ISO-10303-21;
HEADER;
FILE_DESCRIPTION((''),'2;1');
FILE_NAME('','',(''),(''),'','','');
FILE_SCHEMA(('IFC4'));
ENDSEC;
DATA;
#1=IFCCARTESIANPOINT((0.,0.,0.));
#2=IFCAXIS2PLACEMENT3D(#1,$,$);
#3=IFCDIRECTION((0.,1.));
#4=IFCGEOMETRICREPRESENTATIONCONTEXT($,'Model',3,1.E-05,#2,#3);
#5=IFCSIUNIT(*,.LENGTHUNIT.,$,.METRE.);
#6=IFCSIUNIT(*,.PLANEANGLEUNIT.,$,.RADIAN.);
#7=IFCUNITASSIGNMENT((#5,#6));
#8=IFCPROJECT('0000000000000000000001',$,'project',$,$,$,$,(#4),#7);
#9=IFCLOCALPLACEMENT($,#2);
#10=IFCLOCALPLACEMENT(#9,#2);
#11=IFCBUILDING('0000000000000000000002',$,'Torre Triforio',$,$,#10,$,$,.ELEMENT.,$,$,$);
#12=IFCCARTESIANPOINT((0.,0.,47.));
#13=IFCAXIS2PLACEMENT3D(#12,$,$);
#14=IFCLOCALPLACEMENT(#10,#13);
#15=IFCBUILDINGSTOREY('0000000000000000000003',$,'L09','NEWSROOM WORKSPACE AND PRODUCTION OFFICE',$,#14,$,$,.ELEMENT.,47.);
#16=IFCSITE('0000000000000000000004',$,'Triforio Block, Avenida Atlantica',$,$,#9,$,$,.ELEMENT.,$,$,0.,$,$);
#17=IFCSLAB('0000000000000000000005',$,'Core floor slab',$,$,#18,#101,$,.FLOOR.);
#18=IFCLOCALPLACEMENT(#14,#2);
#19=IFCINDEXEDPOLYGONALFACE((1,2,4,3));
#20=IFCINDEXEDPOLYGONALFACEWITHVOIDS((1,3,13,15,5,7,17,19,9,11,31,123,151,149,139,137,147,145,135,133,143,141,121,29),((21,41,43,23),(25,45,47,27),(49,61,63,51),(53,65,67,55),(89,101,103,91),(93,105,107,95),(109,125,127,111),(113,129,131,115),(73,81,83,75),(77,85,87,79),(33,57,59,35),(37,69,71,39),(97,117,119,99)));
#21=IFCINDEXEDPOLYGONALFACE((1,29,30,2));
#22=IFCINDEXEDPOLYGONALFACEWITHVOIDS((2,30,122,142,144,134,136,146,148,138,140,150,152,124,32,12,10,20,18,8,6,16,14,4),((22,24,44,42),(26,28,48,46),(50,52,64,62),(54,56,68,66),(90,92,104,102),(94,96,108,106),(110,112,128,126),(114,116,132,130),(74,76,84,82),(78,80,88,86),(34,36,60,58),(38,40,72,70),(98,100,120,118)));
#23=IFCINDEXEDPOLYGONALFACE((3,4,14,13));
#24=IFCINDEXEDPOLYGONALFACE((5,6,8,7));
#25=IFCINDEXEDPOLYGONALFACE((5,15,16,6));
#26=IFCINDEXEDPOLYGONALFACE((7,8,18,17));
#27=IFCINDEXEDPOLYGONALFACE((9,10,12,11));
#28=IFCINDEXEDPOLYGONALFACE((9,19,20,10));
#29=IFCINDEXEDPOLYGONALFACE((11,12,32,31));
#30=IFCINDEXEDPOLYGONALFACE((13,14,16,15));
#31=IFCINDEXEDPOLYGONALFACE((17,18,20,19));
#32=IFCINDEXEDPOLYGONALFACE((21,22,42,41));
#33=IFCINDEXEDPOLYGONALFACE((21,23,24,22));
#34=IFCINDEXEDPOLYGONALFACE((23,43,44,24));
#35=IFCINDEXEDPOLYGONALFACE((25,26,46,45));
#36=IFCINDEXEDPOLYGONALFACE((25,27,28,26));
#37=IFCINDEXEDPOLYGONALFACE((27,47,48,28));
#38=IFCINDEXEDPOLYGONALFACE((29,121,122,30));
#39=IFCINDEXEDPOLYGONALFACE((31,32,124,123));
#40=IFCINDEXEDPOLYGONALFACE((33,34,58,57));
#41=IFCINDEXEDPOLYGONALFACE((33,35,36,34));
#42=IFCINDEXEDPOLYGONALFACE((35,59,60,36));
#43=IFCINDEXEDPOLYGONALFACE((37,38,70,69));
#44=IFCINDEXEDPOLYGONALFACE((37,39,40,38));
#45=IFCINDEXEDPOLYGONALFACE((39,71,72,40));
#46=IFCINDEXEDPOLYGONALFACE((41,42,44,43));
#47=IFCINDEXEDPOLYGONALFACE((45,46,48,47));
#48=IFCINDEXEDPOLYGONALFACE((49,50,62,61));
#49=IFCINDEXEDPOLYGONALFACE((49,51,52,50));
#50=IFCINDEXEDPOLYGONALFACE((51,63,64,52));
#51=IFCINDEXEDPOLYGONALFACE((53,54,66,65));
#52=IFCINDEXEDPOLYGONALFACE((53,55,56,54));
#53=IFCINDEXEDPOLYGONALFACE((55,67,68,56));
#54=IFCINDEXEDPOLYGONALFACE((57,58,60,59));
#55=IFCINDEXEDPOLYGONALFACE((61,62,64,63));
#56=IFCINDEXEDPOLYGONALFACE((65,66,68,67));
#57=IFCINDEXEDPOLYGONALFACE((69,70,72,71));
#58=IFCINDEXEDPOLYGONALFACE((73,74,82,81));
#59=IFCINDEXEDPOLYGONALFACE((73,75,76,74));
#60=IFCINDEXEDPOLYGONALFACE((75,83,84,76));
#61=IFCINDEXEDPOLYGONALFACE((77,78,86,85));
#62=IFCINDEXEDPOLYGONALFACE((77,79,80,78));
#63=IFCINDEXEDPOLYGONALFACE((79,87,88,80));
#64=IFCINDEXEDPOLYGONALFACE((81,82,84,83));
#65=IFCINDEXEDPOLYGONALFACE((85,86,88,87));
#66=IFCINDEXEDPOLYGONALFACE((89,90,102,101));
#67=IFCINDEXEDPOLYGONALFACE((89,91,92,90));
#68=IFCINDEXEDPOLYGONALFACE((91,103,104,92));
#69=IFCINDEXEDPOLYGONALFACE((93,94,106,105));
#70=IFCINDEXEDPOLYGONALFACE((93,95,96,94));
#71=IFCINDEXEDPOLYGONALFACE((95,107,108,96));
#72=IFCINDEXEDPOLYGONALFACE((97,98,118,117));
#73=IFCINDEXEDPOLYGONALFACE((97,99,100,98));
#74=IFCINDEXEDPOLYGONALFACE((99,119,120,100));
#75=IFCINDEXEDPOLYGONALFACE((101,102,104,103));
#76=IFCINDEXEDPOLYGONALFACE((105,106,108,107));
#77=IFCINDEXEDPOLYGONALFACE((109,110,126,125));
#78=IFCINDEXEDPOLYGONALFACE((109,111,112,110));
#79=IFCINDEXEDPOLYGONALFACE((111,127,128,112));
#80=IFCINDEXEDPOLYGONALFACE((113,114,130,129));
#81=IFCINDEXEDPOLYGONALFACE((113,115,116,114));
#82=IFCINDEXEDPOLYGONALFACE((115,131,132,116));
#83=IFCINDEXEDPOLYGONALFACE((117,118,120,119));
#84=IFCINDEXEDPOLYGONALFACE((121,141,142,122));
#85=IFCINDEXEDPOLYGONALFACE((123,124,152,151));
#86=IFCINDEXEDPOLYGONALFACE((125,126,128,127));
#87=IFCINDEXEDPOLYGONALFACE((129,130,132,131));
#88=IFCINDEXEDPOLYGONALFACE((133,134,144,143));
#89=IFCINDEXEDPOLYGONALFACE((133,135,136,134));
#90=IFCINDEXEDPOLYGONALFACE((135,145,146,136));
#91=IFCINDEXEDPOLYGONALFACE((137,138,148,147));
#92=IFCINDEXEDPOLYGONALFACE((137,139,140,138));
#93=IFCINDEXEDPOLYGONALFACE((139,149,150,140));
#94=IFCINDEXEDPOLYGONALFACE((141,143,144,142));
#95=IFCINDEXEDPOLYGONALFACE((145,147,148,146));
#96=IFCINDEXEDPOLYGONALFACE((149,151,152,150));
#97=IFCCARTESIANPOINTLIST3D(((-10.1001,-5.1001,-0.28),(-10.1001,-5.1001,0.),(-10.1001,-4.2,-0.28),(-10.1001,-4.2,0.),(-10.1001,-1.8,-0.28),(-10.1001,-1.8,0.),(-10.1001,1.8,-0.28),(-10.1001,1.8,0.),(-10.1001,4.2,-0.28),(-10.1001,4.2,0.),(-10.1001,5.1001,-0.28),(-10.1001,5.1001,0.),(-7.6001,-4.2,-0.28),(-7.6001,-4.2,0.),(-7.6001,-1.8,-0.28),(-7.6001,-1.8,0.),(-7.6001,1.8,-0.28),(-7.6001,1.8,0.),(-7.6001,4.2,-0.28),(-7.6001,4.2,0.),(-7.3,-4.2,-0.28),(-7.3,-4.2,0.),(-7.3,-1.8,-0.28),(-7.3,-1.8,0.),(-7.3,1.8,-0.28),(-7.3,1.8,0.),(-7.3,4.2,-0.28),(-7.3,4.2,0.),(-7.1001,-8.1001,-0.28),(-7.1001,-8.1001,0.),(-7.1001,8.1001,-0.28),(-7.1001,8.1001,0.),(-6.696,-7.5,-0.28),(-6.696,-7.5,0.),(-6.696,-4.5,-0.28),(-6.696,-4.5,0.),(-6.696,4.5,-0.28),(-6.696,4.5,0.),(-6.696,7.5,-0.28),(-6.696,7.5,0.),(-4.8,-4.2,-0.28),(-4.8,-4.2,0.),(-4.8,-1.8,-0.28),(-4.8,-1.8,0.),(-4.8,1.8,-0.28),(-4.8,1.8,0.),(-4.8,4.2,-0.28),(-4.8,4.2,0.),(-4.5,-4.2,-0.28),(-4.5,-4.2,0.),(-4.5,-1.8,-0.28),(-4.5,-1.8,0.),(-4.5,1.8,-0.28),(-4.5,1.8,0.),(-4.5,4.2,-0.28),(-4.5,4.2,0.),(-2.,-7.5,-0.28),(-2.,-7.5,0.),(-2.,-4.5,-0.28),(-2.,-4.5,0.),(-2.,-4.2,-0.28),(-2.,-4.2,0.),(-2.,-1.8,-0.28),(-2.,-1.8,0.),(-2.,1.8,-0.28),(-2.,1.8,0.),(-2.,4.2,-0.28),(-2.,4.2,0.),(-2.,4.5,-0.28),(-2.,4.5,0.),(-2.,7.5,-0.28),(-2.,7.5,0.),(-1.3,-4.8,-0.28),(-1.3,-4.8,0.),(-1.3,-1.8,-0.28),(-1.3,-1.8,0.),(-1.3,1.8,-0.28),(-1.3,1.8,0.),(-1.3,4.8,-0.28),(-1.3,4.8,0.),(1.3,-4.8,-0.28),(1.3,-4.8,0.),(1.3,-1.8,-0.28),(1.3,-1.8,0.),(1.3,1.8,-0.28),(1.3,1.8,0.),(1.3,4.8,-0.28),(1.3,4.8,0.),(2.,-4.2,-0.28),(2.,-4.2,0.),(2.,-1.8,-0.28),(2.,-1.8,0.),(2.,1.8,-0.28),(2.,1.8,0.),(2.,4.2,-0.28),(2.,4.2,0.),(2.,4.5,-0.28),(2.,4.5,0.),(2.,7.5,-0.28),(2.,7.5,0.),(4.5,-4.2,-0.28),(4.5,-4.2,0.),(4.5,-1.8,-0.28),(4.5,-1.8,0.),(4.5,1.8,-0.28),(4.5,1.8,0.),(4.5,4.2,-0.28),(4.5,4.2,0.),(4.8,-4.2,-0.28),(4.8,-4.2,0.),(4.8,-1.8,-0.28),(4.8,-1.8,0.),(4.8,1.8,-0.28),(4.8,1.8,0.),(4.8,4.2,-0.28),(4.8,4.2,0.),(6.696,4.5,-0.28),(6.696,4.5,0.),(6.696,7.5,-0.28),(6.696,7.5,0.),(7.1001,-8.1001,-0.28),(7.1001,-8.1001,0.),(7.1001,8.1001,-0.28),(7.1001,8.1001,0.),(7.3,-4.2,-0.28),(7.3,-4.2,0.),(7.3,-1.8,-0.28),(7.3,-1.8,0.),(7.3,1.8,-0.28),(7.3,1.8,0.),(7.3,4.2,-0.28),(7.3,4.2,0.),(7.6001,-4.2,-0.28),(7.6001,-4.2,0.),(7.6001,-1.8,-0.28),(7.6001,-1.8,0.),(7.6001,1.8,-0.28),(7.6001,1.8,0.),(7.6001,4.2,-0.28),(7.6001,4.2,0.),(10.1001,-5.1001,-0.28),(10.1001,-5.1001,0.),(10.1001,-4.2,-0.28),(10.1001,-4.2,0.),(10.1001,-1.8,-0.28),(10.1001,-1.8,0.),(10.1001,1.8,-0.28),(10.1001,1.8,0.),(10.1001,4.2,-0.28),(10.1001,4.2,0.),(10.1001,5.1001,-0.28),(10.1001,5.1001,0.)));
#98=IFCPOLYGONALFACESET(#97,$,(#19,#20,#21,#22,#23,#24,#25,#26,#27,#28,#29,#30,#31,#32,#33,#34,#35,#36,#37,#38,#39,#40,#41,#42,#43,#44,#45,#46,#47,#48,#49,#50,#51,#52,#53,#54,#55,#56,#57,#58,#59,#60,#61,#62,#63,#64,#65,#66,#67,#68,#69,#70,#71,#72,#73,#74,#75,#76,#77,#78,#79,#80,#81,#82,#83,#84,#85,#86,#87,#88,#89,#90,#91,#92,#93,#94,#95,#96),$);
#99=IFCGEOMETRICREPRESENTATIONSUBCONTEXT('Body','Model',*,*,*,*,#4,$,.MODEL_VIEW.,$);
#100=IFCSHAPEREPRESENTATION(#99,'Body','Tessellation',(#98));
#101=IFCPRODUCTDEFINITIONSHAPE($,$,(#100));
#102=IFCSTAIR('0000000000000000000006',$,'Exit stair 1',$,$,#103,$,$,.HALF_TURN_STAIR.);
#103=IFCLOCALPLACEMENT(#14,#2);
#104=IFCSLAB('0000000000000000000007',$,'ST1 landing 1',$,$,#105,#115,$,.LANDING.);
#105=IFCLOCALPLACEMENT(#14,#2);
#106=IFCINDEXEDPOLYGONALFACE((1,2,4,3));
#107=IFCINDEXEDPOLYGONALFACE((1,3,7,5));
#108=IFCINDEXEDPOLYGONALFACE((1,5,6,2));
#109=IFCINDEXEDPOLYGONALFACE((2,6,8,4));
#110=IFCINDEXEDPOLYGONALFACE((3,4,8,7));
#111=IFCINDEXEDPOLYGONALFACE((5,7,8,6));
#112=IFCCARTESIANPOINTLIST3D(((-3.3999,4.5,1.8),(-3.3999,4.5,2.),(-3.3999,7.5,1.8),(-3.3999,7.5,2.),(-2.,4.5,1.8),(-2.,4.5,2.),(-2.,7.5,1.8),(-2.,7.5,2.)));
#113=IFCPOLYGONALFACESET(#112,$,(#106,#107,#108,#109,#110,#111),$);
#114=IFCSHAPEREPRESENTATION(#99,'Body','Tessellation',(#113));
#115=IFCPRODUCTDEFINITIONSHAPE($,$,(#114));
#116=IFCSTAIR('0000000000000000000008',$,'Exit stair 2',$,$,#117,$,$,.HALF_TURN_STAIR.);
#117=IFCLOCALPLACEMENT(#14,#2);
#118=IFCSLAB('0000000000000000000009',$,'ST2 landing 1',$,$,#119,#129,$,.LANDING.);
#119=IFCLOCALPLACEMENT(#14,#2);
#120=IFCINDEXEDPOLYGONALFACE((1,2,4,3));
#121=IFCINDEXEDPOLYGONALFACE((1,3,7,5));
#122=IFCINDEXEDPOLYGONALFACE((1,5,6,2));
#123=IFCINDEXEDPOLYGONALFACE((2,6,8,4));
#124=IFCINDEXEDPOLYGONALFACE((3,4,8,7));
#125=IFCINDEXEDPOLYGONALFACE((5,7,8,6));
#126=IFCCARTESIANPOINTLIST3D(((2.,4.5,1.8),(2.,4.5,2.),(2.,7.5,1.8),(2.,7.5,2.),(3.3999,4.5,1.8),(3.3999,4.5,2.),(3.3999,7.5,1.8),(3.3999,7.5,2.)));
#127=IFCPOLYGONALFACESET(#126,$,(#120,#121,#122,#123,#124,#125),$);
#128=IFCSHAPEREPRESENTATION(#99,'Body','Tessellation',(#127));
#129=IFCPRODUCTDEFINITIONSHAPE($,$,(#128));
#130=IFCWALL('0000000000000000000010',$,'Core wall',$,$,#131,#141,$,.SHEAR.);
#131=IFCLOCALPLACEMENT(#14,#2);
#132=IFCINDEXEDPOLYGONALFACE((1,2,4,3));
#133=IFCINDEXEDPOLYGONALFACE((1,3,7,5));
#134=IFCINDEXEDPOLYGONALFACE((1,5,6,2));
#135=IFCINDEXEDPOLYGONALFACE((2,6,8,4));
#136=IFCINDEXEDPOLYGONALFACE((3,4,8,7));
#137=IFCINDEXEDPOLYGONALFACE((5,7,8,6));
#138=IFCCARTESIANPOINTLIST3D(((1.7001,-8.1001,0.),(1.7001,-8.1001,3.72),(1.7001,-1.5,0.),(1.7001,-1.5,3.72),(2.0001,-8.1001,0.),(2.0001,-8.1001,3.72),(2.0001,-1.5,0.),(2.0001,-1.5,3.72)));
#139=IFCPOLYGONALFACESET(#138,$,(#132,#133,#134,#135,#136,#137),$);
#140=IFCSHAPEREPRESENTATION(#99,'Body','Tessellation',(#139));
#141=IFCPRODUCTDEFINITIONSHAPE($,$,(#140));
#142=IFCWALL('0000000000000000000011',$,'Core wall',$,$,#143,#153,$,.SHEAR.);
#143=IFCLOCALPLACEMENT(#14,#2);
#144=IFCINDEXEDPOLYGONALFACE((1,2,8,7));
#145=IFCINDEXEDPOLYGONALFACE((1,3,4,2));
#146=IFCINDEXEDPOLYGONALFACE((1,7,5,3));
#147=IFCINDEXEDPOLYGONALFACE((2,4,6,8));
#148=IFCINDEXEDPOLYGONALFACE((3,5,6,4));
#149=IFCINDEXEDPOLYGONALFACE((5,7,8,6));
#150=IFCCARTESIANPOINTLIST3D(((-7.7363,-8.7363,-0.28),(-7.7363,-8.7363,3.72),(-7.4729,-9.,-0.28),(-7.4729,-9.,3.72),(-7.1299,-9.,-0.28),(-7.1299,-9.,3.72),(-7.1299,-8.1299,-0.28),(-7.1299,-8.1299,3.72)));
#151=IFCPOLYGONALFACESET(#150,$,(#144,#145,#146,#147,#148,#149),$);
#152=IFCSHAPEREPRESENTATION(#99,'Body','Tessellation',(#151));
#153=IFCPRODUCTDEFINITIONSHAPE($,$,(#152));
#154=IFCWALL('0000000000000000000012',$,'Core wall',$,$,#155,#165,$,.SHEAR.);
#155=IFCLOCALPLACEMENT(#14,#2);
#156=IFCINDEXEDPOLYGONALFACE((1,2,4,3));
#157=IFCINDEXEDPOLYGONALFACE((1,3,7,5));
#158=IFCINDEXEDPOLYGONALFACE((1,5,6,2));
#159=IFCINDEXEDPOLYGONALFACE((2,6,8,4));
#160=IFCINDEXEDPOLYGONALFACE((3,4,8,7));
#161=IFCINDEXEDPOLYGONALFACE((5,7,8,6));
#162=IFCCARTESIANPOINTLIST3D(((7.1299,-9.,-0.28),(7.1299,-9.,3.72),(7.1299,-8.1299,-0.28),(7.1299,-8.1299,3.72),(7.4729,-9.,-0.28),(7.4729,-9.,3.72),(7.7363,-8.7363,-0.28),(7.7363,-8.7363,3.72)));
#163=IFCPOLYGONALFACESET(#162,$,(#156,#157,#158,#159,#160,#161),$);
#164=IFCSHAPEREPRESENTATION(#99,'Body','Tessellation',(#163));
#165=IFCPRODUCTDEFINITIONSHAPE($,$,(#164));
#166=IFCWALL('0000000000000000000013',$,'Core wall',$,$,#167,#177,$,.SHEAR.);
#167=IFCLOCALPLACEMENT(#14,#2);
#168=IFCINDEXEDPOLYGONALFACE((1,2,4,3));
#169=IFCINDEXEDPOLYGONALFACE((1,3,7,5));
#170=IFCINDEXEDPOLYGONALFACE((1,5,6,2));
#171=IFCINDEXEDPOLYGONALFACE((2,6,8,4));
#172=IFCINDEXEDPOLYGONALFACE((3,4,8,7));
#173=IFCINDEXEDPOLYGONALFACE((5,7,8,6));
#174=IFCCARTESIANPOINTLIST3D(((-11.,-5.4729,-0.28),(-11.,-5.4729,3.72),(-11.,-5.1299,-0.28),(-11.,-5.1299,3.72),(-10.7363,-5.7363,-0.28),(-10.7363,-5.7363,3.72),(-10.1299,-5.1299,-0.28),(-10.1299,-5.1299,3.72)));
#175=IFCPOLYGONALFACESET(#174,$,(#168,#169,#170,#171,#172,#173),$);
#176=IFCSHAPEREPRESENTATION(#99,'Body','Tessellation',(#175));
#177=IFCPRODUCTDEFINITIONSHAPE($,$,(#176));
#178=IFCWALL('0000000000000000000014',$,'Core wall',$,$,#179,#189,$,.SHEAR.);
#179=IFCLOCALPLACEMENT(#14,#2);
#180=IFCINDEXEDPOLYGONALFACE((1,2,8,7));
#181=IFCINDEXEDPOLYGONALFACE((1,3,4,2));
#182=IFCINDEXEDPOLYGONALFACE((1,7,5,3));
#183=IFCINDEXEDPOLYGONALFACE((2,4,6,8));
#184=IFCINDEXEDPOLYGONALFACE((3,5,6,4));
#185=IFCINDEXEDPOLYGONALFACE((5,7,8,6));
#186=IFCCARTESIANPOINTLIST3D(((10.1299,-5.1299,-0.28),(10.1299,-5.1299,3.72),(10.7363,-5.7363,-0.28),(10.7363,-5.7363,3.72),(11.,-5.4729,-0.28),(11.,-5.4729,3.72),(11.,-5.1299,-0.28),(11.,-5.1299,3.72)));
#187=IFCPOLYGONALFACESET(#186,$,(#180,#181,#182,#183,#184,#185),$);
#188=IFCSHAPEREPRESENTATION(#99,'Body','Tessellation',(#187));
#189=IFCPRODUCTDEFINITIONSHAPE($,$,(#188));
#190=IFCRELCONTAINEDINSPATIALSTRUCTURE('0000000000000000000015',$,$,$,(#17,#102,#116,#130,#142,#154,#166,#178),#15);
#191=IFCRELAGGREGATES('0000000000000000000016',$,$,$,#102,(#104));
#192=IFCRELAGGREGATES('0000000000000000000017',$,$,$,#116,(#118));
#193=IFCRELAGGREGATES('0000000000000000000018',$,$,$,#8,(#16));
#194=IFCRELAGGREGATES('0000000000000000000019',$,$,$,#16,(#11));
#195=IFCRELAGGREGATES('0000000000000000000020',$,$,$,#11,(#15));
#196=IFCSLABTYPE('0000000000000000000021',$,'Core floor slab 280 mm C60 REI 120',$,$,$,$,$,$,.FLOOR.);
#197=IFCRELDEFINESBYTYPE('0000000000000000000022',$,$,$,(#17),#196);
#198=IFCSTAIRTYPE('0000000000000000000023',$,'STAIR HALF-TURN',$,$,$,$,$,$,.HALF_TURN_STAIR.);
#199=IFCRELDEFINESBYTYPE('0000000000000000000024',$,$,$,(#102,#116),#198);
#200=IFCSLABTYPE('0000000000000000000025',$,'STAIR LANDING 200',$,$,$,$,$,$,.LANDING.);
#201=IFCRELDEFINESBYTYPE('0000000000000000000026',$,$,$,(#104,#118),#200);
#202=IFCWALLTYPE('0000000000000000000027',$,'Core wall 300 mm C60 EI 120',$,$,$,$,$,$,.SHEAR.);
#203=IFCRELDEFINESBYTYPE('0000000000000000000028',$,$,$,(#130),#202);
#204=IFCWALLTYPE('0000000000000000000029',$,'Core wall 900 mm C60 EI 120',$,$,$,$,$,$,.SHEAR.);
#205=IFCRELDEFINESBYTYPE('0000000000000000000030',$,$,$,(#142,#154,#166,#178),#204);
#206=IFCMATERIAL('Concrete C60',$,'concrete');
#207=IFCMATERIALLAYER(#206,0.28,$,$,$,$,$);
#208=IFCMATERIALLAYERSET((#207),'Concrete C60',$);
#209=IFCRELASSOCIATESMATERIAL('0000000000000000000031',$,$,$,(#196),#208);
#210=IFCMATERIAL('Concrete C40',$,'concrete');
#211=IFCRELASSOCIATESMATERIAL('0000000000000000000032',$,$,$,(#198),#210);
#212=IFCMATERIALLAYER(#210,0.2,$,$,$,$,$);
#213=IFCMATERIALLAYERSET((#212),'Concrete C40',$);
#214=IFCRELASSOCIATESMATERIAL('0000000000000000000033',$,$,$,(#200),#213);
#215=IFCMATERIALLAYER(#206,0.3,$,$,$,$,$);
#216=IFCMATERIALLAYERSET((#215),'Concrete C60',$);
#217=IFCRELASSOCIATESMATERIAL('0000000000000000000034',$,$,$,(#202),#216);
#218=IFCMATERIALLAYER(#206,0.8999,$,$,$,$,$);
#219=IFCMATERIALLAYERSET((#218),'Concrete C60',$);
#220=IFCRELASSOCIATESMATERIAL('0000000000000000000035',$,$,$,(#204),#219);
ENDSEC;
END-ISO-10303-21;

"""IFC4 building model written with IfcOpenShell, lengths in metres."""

from ifc_helpers import new_model, si_unit, direction, frame, frame_2d, origin, place, context, subcontext, project, spatial, polyline, rectangle, outline, extrude, material, layer, layer_set, type_object, element, aggregate, save


model = new_model("IFC4")

# Units and contexts
model_context = context("Model", 3, precision=1e-05, world=origin(), true_north=direction((0.0, 1.0)))
body_context = subcontext(model_context, "Body", "Model", "MODEL_VIEW")
ifc_project = project(units=[si_unit("LENGTHUNIT", "METRE"), si_unit("PLANEANGLEUNIT", "RADIAN")], contexts=[model_context])

# Site, building, storey
site_placement = place(None, origin())
site = spatial("IfcSite", under=ifc_project, at=site_placement, Name="Triforio Block, Avenida Atlantica", CompositionType="ELEMENT", RefElevation=0.0)
building_placement = place(site_placement, origin())
building = spatial("IfcBuilding", under=site, at=building_placement, Name="Torre Triforio", CompositionType="ELEMENT")
storey_placement = place(building_placement, frame((0.0, 0.0, 47.0)))
storey = spatial("IfcBuildingStorey", under=building, at=storey_placement, Name="L09", Description="NEWSROOM WORKSPACE AND PRODUCTION OFFICE", CompositionType="ELEMENT", Elevation=47.0)

# Slab
ifc_material_1 = material(Name="Concrete C60", Category="concrete")
ifc_layer_1 = layer(ifc_material_1, 0.28)
ifc_layer_set_1 = layer_set([ifc_layer_1], Name="Concrete C60")
slab_type_1 = type_object("IfcSlabType", Name="Core floor slab 280 mm C60 REI 120", PredefinedType="FLOOR", material=ifc_layer_set_1)
slab_1_placement = place(storey_placement, frame((0.0, 0.0, -0.28)))
element("IfcSlab", 1, at=slab_1_placement, inside=storey, type_object=slab_type_1, Name="Core floor slab", PredefinedType="FLOOR", context=body_context, shape_type="SweptSolid", body=[
    extrude(outline(polyline([(10.1001, -5.1001), (7.1001, -8.1001), (-7.1001, -8.1001), (-10.1001, -5.1001), (-10.1001, -4.2), (-7.6001, -4.2), (-7.6001, -1.8), (-10.1001, -1.8), (-10.1001, 1.8), (-7.6001, 1.8), (-7.6001, 4.2), (-10.1001, 4.2), (-10.1001, 5.1001), (-7.1001, 8.1001), (7.1001, 8.1001), (10.1001, 5.1001), (10.1001, 4.2), (7.6001, 4.2), (7.6001, 1.8), (10.1001, 1.8), (10.1001, -1.8), (7.6001, -1.8), (7.6001, -4.2), (10.1001, -4.2), (10.1001, -5.1001)]), holes=[polyline([(-2.0, -4.5), (-6.696, -4.5), (-6.696, -7.5), (-2.0, -7.5), (-2.0, -4.5)]), polyline([(-4.8, -1.8), (-7.3, -1.8), (-7.3, -4.2), (-4.8, -4.2), (-4.8, -1.8)]), polyline([(-2.0, -1.8), (-4.5, -1.8), (-4.5, -4.2), (-2.0, -4.2), (-2.0, -1.8)]), polyline([(-4.8, 4.2), (-7.3, 4.2), (-7.3, 1.8), (-4.8, 1.8), (-4.8, 4.2)]), polyline([(-2.0, 4.2), (-4.5, 4.2), (-4.5, 1.8), (-2.0, 1.8), (-2.0, 4.2)]), polyline([(1.3, 4.8), (-1.3, 4.8), (-1.3, 1.8), (1.3, 1.8), (1.3, 4.8)]), polyline([(-2.0, 7.5), (-6.696, 7.5), (-6.696, 4.5), (-2.0, 4.5), (-2.0, 7.5)]), polyline([(1.3, -1.8), (-1.3, -1.8), (-1.3, -4.8), (1.3, -4.8), (1.3, -1.8)]), polyline([(4.5, -1.8), (2.0, -1.8), (2.0, -4.2), (4.5, -4.2), (4.5, -1.8)]), polyline([(7.3, -1.8), (4.8, -1.8), (4.8, -4.2), (7.3, -4.2), (7.3, -1.8)]), polyline([(4.5, 4.2), (2.0, 4.2), (2.0, 1.8), (4.5, 1.8), (4.5, 4.2)]), polyline([(7.3, 4.2), (4.8, 4.2), (4.8, 1.8), (7.3, 1.8), (7.3, 4.2)]), polyline([(6.696, 4.5), (6.696, 7.5), (2.0, 7.5), (2.0, 4.5), (6.696, 4.5)])]), origin(), (0.0, 0.0, 1.0), 0.28),
])

# Stairs, slabs
ifc_material_2 = material(Name="Concrete C40", Category="concrete")
stair_type = type_object("IfcStairType", Name="STAIR HALF-TURN", PredefinedType="HALF_TURN_STAIR", material=ifc_material_2)
stair_1_placement = place(storey_placement, origin())
stair_1 = element("IfcStair", 2, at=stair_1_placement, inside=storey, type_object=stair_type, Name="Exit stair 1", PredefinedType="HALF_TURN_STAIR")
ifc_layer_2 = layer(ifc_material_2, 0.2)
ifc_layer_set_2 = layer_set([ifc_layer_2], Name="Concrete C40")
slab_type_2 = type_object("IfcSlabType", Name="STAIR LANDING 200", PredefinedType="LANDING", material=ifc_layer_set_2)
slab_2_placement = place(storey_placement, frame((0.0, 0.0, 1.8)))
slab_2 = element("IfcSlab", 3, at=slab_2_placement, type_object=slab_type_2, Name="ST1 landing 1", PredefinedType="LANDING", context=body_context, shape_type="SweptSolid", body=[
    extrude(outline(polyline([(-2.0, 4.5), (-2.0, 7.5), (-3.3999, 7.5), (-3.3999, 4.5), (-2.0, 4.5)])), origin(), (0.0, 0.0, 1.0), 0.2),
])
aggregate(stair_1, [slab_2])
stair_2_placement = place(storey_placement, origin())
stair_2 = element("IfcStair", 4, at=stair_2_placement, inside=storey, type_object=stair_type, Name="Exit stair 2", PredefinedType="HALF_TURN_STAIR")
slab_3_placement = place(storey_placement, frame((0.0, 0.0, 1.8)))
slab_3 = element("IfcSlab", 5, at=slab_3_placement, type_object=slab_type_2, Name="ST2 landing 1", PredefinedType="LANDING", context=body_context, shape_type="SweptSolid", body=[
    extrude(outline(polyline([(3.3999, 4.5), (3.3999, 7.5), (2.0, 7.5), (2.0, 4.5), (3.3999, 4.5)])), origin(), (0.0, 0.0, 1.0), 0.2),
])
aggregate(stair_2, [slab_3])

# Walls
ifc_layer_3 = layer(ifc_material_1, 0.3)
ifc_layer_set_3 = layer_set([ifc_layer_3], Name="Concrete C60")
wall_type_1 = type_object("IfcWallType", Name="Core wall 300 mm C60 EI 120", PredefinedType="SHEAR", material=ifc_layer_set_3)
wall_1_placement = place(storey_placement, frame((1.8501, -8.1001, 0.0), z_axis=(0.0, 0.0, 1.0), x_axis=(0.0, 1.0, 0.0)))
element("IfcWall", 6, at=wall_1_placement, inside=storey, type_object=wall_type_1, Name="Core wall", PredefinedType="SHEAR", context=body_context, shape_type="SweptSolid", body=[
    extrude(rectangle(XDim=6.6001, YDim=0.3, at=frame_2d((3.3, 0.0))), origin(), (0.0, 0.0, 1.0), 3.72),
])
ifc_layer_4 = layer(ifc_material_1, 0.8999)
ifc_layer_set_4 = layer_set([ifc_layer_4], Name="Concrete C60")
wall_type_2 = type_object("IfcWallType", Name="Core wall 900 mm C60 EI 120", PredefinedType="SHEAR", material=ifc_layer_set_4)
wall_2_placement = place(storey_placement, frame((0.0, 0.0, -0.28)))
element("IfcWall", 7, at=wall_2_placement, inside=storey, type_object=wall_type_2, Name="Core wall", PredefinedType="SHEAR", context=body_context, shape_type="SweptSolid", body=[
    extrude(outline(polyline([(-7.4729, -9.0), (-7.7363, -8.7363), (-7.1299, -8.1299), (-7.1299, -9.0), (-7.4729, -9.0)])), origin(), (0.0, 0.0, 1.0), 4.0),
])
wall_3_placement = place(storey_placement, frame((0.0, 0.0, -0.28)))
element("IfcWall", 8, at=wall_3_placement, inside=storey, type_object=wall_type_2, Name="Core wall", PredefinedType="SHEAR", context=body_context, shape_type="SweptSolid", body=[
    extrude(outline(polyline([(7.4729, -9.0), (7.1299, -9.0), (7.1299, -8.1299), (7.7363, -8.7363), (7.4729, -9.0)])), origin(), (0.0, 0.0, 1.0), 4.0),
])
wall_4_placement = place(storey_placement, frame((0.0, 0.0, -0.28)))
element("IfcWall", 9, at=wall_4_placement, inside=storey, type_object=wall_type_2, Name="Core wall", PredefinedType="SHEAR", context=body_context, shape_type="SweptSolid", body=[
    extrude(outline(polyline([(-11.0, -5.4729), (-11.0, -5.1299), (-10.1299, -5.1299), (-10.7363, -5.7363), (-11.0, -5.4729)])), origin(), (0.0, 0.0, 1.0), 4.0),
])
wall_5_placement = place(storey_placement, frame((0.0, 0.0, -0.28)))
element("IfcWall", 10, at=wall_5_placement, inside=storey, type_object=wall_type_2, Name="Core wall", PredefinedType="SHEAR", context=body_context, shape_type="SweptSolid", body=[
    extrude(outline(polyline([(11.0, -5.4729), (10.7363, -5.7363), (10.1299, -5.1299), (11.0, -5.1299), (11.0, -5.4729)])), origin(), (0.0, 0.0, 1.0), 4.0),
])

save(model, "model.ifc")
